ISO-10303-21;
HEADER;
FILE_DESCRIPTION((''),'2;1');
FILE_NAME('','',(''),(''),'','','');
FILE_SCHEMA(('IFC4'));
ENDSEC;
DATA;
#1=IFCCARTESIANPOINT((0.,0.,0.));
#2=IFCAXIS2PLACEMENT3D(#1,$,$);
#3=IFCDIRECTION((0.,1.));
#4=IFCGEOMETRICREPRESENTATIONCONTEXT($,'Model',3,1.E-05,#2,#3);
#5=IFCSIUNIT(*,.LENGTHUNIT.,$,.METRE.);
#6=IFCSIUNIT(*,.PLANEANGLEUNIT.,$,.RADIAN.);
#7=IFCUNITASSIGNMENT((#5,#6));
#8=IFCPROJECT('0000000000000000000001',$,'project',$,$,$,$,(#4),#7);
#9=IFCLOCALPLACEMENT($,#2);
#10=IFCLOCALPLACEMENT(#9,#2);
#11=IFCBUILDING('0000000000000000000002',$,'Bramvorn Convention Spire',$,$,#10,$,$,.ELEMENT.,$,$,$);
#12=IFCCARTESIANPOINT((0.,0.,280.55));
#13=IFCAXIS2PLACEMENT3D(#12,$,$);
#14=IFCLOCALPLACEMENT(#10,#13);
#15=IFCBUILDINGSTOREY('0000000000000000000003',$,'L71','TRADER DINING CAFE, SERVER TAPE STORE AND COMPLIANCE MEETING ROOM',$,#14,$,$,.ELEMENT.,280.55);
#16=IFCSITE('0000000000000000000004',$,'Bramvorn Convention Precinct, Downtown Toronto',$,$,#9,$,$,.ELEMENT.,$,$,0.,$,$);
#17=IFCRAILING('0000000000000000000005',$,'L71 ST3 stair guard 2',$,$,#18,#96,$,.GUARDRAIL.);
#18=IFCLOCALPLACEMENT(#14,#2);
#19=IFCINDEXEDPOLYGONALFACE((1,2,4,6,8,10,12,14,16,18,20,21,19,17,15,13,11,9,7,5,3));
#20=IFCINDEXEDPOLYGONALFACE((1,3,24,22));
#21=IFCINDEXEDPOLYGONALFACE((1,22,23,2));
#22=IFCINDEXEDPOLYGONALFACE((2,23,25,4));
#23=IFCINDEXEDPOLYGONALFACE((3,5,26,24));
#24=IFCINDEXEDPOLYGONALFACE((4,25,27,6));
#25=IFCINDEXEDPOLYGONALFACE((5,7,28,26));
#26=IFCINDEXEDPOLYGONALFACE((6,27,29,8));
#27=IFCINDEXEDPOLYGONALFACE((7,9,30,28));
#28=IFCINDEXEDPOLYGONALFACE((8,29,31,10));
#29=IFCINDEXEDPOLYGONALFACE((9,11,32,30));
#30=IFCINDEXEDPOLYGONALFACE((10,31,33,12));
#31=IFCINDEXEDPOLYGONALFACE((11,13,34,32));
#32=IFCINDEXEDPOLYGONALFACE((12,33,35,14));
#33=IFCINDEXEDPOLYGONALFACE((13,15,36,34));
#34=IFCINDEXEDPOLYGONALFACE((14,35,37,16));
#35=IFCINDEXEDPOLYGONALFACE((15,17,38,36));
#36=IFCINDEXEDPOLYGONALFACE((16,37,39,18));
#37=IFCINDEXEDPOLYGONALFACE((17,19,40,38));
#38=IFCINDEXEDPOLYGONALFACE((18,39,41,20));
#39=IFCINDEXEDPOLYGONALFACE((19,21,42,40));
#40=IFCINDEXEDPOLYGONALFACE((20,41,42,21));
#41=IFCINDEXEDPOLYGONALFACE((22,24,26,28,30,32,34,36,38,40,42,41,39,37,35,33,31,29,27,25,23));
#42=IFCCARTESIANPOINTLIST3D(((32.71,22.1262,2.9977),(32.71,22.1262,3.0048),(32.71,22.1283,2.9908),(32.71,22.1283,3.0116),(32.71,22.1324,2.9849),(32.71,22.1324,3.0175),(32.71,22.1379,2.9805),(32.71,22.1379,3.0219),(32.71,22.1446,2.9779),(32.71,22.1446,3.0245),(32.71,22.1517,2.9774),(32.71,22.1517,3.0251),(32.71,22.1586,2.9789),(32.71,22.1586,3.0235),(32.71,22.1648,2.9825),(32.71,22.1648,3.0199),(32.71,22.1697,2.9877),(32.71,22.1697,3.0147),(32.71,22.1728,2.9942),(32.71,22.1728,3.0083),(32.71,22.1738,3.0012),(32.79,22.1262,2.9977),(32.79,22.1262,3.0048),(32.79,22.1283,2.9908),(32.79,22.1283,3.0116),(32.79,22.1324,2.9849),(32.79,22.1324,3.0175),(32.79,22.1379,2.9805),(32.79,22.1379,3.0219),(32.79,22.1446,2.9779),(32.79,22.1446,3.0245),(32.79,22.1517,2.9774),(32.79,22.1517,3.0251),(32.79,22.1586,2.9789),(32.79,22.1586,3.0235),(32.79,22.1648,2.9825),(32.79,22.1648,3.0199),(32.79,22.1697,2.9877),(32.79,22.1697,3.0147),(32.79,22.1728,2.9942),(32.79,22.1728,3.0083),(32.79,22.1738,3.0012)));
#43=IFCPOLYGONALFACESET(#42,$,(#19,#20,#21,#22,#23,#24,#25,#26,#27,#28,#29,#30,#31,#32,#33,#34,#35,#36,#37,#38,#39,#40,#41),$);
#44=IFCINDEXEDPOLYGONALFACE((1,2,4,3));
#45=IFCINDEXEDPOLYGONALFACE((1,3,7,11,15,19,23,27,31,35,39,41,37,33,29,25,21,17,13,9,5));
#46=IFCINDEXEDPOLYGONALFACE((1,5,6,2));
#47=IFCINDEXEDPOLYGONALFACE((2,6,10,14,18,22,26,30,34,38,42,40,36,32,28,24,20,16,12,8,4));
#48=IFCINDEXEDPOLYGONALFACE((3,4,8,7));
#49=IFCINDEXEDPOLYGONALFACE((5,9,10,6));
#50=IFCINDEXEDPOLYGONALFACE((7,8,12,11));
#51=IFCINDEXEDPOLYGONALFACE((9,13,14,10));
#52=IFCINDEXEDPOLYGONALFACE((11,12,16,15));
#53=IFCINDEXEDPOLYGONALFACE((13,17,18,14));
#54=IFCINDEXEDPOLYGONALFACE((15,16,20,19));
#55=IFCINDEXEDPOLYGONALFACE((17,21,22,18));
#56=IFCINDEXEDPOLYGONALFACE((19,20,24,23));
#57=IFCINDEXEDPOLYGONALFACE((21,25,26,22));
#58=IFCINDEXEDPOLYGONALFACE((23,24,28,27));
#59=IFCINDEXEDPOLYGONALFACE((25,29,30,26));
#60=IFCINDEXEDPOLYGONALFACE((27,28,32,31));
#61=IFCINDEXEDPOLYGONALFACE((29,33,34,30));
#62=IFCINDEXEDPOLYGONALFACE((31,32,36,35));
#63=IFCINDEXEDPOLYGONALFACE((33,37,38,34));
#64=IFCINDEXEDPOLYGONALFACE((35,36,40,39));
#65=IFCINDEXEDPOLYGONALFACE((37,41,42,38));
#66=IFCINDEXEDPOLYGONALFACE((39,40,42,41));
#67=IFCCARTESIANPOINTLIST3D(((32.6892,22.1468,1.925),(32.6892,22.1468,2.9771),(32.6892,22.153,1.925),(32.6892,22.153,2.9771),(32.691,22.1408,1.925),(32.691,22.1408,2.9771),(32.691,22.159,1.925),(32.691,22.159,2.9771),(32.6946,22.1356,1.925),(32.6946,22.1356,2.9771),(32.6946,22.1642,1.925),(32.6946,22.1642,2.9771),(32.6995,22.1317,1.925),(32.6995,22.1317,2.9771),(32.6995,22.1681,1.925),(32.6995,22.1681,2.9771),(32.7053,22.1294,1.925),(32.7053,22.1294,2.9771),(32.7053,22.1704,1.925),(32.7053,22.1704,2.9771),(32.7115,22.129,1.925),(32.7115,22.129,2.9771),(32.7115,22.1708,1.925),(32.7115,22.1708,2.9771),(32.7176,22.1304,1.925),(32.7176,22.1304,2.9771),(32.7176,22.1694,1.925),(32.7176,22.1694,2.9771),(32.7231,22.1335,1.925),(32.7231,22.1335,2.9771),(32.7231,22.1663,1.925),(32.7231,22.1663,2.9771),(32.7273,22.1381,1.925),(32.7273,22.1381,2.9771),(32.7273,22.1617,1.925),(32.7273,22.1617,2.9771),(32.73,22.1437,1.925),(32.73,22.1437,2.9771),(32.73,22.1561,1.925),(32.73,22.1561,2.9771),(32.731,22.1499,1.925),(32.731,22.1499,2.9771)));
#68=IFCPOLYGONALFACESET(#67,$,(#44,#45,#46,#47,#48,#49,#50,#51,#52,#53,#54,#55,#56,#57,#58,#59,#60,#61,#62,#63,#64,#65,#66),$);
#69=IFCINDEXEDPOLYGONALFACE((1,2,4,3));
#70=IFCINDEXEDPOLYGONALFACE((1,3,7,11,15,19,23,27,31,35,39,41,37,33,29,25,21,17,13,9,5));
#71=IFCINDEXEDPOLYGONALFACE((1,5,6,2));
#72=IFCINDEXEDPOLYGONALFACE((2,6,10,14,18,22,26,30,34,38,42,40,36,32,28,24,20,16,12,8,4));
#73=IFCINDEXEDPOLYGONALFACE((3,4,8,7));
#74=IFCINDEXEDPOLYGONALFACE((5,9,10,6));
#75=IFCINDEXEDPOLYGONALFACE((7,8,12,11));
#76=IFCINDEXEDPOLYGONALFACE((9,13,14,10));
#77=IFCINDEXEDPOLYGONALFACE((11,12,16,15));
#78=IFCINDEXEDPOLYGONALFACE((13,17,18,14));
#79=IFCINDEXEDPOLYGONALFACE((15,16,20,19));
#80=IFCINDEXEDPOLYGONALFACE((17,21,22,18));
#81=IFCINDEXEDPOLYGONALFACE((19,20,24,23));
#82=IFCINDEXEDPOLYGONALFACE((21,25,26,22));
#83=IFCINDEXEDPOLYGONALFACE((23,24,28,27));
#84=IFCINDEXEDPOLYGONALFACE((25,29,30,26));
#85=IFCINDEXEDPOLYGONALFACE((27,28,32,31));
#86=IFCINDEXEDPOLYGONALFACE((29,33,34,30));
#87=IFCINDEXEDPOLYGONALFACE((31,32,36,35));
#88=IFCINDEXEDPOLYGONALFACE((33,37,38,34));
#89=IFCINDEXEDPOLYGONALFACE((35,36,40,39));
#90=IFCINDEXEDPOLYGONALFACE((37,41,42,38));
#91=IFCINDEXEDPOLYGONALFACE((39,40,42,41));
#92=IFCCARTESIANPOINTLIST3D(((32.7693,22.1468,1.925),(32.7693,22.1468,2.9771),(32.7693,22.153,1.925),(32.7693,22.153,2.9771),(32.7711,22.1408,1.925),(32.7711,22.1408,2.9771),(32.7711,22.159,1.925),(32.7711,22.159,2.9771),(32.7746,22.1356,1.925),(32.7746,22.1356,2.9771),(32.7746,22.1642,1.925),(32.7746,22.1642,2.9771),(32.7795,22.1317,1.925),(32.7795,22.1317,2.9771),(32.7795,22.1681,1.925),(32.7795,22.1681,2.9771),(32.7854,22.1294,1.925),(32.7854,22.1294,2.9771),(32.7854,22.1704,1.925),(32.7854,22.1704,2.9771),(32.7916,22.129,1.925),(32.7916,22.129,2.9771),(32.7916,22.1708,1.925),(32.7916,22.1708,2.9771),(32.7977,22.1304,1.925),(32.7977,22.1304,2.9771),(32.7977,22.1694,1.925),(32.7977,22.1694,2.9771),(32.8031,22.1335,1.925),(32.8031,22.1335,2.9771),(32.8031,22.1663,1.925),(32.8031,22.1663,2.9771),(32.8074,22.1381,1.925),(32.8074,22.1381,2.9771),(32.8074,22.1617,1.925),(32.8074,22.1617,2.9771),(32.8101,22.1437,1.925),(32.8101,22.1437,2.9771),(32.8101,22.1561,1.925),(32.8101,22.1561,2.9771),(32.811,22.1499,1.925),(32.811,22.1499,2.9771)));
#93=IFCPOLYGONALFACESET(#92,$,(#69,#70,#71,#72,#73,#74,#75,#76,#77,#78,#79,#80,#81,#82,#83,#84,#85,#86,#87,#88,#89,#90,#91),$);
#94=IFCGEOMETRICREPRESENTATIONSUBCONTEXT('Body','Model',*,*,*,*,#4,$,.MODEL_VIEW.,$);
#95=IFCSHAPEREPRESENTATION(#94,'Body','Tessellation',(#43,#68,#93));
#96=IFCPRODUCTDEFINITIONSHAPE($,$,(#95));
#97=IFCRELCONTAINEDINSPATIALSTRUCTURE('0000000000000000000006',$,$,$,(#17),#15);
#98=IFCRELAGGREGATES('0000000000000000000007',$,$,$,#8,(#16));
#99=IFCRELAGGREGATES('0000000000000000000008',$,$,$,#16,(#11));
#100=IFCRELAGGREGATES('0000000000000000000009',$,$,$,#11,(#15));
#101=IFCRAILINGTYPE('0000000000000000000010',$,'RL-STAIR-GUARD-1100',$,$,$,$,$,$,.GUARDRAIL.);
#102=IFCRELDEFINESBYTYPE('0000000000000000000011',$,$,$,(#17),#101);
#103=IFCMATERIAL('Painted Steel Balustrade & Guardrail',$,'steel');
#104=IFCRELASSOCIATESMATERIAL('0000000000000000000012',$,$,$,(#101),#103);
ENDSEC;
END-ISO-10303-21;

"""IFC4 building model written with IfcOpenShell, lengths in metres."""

from ifc_helpers import new_model, si_unit, direction, frame, origin, origin_2d, place, context, subcontext, project, spatial, circle, extrude, material, type_object, element, save


model = new_model("IFC4")

# Units and contexts
model_context = context("Model", 3, precision=1e-05, world=origin(), true_north=direction((0.0, 1.0)))
body_context = subcontext(model_context, "Body", "Model", "MODEL_VIEW")
ifc_project = project(units=[si_unit("LENGTHUNIT", "METRE"), si_unit("PLANEANGLEUNIT", "RADIAN")], contexts=[model_context])

# Site, building, storey
site_placement = place(None, origin())
site = spatial("IfcSite", under=ifc_project, at=site_placement, Name="Bramvorn Convention Precinct, Downtown Toronto", CompositionType="ELEMENT", RefElevation=0.0)
building_placement = place(site_placement, origin())
building = spatial("IfcBuilding", under=site, at=building_placement, Name="Bramvorn Convention Spire", CompositionType="ELEMENT")
storey_placement = place(building_placement, frame((0.0, 0.0, 280.55)))
storey = spatial("IfcBuildingStorey", under=building, at=storey_placement, Name="L71", Description="TRADER DINING CAFE, SERVER TAPE STORE AND COMPLIANCE MEETING ROOM", CompositionType="ELEMENT", Elevation=280.55)

# Railing
ifc_material_1 = material(Name="Painted Steel Balustrade & Guardrail", Category="steel")
railing_type_1 = type_object("IfcRailingType", Name="RL-STAIR-GUARD-1100", PredefinedType="GUARDRAIL", material=ifc_material_1)
railing_1_placement = place(storey_placement, frame((32.71, 22.1499, 1.925)))
element("IfcRailing", 1, at=railing_1_placement, inside=storey, type_object=railing_type_1, Name="L71 ST3 stair guard 2", PredefinedType="GUARDRAIL", context=body_context, shape_type="SweptSolid", body=[
    extrude(circle(Radius=0.0239, at=origin_2d()), frame((0.0, 0.0, 1.0762), z_axis=(1.0, 0.0, 0.0), x_axis=(0.0, 1.0, 0.0)), (0.0, 0.0, 1.0), 0.0801),
    extrude(circle(Radius=0.021, at=origin_2d()), origin(), (0.0, 0.0, 1.0), 1.052),
    extrude(circle(Radius=0.021, at=origin_2d()), frame((0.0801, 0.0, 0.0)), (0.0, 0.0, 1.0), 1.052),
])

save(model, "model.ifc")
